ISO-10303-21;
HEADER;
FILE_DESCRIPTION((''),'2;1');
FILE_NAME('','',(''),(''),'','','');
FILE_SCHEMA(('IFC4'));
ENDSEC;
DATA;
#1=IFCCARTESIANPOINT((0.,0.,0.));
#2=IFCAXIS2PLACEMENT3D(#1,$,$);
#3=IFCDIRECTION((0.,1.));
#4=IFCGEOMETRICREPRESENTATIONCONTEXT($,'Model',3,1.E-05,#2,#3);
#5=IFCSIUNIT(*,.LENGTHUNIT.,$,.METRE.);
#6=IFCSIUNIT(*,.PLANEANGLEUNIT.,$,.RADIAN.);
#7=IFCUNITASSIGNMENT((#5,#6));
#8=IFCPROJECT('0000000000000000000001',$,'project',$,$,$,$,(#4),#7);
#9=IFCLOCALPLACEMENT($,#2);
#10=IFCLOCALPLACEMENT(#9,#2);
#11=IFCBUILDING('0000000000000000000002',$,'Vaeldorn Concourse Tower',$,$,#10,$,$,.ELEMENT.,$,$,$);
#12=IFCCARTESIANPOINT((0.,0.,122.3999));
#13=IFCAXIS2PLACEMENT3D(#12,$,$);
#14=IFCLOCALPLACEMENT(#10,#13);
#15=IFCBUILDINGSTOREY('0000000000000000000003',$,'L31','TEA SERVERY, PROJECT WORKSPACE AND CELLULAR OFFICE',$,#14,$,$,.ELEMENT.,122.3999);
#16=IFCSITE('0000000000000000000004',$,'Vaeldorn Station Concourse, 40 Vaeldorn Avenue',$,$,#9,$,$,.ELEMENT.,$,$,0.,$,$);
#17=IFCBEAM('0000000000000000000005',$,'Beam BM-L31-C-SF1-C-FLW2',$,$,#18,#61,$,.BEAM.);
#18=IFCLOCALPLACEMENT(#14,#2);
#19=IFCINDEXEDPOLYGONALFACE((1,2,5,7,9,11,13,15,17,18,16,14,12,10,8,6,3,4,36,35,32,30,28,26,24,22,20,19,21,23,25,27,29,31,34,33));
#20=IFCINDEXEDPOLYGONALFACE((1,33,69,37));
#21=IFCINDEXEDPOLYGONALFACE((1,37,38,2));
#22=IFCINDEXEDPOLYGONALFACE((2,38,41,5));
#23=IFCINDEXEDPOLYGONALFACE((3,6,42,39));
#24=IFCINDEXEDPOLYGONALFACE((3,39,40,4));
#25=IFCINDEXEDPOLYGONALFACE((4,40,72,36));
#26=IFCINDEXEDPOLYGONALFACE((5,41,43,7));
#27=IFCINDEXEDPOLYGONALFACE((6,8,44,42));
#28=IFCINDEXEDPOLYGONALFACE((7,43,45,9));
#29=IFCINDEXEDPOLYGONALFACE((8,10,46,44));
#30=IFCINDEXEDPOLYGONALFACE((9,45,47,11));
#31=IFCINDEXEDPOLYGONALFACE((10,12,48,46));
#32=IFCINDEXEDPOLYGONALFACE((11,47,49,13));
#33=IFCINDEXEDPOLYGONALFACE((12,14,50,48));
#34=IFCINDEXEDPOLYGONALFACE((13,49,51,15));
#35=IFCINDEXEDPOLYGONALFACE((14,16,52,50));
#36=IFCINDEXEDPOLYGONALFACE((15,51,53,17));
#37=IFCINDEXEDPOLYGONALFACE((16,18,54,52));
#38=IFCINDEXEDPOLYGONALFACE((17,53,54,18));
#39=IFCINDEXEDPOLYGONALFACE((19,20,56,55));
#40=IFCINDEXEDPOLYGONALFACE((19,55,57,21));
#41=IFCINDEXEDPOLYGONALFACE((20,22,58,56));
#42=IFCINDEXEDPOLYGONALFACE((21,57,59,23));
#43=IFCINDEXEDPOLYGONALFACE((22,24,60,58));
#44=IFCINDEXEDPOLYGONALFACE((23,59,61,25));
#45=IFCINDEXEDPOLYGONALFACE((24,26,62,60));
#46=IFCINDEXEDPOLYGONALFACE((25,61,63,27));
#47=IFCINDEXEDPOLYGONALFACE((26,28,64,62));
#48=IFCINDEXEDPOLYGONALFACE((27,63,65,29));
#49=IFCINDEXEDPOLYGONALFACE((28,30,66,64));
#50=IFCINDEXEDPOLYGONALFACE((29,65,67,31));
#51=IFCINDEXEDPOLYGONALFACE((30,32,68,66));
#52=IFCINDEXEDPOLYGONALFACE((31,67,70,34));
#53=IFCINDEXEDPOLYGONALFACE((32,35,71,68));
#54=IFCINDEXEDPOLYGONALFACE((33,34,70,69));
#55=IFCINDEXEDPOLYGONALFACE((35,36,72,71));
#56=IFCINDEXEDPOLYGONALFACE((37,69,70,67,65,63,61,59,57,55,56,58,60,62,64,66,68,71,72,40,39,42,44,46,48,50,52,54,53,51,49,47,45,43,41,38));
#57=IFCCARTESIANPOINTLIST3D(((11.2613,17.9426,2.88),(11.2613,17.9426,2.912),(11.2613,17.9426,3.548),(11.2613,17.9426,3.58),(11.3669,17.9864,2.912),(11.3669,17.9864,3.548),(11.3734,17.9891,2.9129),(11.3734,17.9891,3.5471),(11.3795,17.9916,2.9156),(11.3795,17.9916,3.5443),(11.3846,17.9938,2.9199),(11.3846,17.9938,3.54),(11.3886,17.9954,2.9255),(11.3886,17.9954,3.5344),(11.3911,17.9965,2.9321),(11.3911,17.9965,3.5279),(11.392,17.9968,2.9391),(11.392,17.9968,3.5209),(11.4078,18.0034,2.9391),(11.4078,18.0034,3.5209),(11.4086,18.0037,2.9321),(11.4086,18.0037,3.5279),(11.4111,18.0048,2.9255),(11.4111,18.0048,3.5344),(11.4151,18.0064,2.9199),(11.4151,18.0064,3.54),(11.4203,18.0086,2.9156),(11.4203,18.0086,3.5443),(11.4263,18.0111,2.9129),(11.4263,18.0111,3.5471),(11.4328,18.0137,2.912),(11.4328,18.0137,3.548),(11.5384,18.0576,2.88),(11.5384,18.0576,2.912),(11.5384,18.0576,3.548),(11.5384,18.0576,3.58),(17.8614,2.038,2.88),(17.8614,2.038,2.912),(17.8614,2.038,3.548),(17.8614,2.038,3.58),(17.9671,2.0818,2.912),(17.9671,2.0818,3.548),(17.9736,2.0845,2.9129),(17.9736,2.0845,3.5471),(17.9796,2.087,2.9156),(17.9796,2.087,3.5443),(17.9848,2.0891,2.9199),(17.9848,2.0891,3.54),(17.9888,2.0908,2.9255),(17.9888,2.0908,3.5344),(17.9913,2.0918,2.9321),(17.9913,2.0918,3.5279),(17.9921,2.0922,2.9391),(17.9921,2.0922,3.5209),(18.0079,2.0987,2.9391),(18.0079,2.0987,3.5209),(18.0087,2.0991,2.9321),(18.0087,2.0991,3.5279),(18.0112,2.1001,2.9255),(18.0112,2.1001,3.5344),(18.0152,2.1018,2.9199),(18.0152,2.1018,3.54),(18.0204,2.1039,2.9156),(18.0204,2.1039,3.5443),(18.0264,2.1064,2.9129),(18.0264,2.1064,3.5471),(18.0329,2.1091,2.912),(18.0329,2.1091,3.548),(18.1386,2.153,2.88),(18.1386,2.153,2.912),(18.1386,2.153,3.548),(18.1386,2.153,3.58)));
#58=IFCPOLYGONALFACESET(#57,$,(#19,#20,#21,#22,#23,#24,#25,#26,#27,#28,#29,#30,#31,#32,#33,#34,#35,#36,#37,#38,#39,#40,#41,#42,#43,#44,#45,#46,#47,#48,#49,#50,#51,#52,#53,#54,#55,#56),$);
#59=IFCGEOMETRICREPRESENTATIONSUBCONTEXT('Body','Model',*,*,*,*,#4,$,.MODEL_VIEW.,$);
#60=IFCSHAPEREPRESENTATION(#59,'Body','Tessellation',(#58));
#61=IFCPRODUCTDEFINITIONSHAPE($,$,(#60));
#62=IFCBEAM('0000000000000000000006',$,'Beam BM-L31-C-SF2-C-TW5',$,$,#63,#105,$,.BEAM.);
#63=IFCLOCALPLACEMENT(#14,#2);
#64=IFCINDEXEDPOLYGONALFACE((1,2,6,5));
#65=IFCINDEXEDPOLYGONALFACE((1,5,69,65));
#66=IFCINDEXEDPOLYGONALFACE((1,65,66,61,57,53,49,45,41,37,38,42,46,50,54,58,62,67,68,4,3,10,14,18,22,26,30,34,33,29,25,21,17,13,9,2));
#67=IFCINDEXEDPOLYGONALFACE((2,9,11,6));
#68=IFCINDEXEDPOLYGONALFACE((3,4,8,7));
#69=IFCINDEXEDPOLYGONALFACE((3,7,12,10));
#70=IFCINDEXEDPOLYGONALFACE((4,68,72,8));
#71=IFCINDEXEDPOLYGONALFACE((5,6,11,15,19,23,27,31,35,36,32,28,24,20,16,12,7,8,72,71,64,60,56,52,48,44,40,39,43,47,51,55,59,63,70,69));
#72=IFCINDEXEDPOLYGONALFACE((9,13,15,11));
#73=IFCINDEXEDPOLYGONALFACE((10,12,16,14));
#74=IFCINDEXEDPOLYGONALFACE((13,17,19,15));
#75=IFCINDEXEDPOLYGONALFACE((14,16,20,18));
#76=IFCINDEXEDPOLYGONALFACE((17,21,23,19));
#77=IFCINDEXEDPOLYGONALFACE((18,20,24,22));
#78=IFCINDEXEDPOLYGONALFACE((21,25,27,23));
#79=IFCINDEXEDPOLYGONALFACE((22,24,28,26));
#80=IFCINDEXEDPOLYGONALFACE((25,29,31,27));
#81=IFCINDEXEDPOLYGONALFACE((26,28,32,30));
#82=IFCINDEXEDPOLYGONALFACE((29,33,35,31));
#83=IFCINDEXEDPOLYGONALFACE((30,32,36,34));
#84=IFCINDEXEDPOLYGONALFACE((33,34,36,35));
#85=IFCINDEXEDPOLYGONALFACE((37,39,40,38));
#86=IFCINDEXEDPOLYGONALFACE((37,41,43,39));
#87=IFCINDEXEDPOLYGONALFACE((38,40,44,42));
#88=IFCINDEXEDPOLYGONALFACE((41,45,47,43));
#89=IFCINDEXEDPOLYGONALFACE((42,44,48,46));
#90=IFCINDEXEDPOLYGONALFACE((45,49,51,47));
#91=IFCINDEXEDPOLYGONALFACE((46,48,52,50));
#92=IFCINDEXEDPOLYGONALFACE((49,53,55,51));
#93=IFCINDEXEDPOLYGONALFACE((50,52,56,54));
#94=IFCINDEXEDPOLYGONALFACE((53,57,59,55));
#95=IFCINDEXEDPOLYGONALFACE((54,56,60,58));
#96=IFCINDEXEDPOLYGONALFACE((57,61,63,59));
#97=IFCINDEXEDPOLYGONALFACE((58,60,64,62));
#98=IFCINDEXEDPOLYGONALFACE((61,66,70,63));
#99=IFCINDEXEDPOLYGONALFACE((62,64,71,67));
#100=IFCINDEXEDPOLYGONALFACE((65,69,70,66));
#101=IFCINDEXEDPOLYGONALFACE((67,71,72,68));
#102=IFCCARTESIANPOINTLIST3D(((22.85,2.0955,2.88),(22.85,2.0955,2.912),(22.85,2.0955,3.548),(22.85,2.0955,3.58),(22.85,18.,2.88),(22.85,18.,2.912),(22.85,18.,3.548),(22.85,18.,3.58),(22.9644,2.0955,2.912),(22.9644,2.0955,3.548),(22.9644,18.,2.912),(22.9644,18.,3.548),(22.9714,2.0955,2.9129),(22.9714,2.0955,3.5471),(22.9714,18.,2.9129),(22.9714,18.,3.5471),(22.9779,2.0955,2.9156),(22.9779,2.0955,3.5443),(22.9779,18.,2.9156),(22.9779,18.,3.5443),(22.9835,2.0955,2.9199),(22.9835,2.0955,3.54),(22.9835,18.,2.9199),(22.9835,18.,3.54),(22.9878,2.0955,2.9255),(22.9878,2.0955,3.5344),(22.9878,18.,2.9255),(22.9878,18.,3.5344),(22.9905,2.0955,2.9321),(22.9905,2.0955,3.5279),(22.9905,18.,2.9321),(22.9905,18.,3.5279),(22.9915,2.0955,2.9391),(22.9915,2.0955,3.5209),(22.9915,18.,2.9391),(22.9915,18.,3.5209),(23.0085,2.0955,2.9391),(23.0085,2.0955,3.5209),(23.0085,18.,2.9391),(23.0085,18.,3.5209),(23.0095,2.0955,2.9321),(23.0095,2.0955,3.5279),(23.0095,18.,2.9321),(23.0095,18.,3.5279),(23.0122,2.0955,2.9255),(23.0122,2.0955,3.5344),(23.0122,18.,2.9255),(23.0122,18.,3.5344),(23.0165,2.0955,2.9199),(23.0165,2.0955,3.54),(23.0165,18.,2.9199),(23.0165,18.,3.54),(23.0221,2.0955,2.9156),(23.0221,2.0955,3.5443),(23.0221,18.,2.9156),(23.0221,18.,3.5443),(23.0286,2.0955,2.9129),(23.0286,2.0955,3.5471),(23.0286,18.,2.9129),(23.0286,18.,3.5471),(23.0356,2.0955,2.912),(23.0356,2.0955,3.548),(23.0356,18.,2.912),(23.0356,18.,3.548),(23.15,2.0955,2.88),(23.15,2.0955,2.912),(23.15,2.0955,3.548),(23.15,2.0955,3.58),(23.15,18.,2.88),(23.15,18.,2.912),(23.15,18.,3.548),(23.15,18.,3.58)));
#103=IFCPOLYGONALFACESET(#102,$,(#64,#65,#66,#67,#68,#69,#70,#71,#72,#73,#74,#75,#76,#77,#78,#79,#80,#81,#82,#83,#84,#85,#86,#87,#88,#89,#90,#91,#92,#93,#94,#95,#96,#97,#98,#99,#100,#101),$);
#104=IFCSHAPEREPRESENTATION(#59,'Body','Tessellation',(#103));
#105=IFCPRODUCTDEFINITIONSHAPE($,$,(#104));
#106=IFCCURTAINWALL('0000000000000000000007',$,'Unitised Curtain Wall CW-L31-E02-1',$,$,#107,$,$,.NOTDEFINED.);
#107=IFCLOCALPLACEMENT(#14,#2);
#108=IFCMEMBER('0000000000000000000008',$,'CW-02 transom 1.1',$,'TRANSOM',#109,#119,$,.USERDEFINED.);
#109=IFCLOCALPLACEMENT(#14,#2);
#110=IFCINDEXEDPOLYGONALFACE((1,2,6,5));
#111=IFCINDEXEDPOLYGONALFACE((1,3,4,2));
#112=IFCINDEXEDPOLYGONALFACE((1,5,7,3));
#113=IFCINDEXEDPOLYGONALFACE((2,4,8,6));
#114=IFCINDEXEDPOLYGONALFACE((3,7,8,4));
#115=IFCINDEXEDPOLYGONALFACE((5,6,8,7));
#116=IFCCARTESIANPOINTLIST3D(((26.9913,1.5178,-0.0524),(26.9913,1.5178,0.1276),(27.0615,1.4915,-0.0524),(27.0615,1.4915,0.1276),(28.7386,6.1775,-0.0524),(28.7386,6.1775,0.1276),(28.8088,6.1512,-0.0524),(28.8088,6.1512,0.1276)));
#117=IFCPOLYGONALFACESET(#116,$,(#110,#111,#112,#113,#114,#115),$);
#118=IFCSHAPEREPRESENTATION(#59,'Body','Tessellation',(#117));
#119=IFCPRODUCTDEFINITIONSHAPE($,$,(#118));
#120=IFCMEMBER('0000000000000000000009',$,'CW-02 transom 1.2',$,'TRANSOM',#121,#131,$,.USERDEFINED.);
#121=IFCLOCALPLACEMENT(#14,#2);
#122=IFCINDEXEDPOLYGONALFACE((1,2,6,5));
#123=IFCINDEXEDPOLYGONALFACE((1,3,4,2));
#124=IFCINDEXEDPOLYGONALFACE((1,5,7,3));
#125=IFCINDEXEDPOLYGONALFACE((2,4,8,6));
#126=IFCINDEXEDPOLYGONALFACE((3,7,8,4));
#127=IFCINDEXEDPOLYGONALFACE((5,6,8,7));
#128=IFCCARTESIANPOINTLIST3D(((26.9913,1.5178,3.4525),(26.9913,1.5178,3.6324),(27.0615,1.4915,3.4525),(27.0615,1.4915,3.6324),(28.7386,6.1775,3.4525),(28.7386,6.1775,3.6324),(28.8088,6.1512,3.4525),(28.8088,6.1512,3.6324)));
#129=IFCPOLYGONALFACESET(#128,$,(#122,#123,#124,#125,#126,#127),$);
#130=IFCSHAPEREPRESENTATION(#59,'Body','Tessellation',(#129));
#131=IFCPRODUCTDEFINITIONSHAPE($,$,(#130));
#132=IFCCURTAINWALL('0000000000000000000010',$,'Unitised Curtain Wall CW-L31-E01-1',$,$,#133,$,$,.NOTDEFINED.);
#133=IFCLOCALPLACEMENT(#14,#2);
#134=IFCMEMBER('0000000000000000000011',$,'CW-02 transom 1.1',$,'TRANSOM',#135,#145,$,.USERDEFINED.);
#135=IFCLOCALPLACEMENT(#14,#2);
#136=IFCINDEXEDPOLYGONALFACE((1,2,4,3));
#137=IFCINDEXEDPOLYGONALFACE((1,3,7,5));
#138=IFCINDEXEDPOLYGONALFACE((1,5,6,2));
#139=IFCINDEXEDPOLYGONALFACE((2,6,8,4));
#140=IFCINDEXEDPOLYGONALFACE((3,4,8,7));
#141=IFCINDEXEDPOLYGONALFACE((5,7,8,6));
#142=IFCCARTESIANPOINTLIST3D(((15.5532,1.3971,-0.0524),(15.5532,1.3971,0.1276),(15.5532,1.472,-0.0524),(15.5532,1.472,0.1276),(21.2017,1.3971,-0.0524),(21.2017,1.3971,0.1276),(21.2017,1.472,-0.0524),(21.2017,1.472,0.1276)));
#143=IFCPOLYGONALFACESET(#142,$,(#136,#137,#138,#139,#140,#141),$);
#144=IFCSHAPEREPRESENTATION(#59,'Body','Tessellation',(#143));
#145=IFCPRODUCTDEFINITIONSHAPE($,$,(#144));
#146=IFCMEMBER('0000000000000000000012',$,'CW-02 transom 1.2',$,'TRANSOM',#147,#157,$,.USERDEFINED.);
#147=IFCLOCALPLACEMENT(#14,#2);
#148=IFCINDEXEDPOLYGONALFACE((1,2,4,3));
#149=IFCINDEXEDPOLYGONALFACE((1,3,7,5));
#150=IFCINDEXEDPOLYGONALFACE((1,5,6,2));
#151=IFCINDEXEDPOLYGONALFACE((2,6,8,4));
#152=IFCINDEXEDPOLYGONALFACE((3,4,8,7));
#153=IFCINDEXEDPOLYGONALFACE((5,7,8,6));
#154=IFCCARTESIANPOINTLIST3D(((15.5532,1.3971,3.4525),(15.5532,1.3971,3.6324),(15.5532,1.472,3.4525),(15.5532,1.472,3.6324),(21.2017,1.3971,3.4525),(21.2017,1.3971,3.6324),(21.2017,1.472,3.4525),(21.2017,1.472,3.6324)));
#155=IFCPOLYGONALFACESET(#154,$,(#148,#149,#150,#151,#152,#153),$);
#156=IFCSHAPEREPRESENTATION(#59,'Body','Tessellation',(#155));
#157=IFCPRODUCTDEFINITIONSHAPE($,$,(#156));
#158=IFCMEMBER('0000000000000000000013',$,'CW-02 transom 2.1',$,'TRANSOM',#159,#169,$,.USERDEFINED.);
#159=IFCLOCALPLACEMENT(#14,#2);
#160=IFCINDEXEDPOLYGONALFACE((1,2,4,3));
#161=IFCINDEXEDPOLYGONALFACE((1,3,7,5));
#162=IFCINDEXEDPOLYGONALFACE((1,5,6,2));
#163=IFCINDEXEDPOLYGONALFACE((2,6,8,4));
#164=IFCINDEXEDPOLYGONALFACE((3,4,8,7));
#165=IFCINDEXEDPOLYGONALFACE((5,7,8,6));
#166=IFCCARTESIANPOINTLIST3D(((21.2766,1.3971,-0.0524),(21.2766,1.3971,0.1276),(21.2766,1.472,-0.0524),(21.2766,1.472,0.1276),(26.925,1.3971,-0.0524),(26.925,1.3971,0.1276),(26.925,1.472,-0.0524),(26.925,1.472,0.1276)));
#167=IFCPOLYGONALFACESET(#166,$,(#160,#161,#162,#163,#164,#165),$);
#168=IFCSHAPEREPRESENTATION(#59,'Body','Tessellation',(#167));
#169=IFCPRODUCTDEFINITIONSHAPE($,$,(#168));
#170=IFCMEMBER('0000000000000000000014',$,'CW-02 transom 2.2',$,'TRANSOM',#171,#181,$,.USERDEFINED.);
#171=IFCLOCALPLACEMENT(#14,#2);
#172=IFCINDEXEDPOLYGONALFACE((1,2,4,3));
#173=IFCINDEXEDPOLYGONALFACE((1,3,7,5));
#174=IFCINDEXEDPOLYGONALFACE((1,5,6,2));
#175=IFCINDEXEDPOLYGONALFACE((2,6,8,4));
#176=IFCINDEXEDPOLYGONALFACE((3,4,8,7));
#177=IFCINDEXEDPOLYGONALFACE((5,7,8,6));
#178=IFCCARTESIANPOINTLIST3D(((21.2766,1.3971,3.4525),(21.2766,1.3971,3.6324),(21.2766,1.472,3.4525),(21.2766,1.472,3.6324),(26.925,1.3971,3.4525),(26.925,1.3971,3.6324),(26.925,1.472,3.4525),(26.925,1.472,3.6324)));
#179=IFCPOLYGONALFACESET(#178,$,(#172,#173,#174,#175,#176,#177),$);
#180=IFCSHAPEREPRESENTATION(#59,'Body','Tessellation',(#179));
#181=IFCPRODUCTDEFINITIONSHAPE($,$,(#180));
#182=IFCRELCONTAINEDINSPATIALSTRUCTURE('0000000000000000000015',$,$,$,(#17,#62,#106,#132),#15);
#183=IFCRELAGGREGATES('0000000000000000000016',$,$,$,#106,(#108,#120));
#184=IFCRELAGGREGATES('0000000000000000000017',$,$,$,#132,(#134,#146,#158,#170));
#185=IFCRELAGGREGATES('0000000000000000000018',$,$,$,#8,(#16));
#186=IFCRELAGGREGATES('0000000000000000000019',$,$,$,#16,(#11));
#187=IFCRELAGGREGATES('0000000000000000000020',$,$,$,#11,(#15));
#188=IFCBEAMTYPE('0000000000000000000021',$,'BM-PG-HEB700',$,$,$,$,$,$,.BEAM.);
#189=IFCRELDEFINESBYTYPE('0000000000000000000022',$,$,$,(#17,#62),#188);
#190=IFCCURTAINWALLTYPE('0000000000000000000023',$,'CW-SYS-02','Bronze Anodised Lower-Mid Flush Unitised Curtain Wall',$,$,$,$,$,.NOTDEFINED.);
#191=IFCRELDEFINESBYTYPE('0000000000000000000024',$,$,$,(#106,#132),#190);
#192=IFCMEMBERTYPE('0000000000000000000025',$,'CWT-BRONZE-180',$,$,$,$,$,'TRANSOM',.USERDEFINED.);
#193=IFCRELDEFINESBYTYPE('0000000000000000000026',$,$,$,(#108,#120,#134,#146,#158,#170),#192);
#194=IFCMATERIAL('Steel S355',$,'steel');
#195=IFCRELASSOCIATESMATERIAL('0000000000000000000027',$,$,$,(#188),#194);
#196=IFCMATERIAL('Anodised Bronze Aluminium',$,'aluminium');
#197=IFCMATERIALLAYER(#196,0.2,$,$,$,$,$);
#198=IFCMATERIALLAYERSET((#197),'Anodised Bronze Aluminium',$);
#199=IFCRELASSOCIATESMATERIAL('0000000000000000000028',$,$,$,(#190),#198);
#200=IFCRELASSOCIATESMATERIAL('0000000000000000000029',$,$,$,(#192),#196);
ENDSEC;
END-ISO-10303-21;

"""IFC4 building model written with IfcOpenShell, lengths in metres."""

from ifc_helpers import new_model, si_unit, direction, frame, origin, origin_2d, place, context, subcontext, project, spatial, rectangle, i_section, extrude, source, transform, mapped, material, layer, layer_set, material_profile, profile_set, type_object, element, aggregate, save


model = new_model("IFC4")

# Units and contexts
model_context = context("Model", 3, precision=1e-05, world=origin(), true_north=direction((0.0, 1.0)))
body_context = subcontext(model_context, "Body", "Model", "MODEL_VIEW")
ifc_project = project(units=[si_unit("LENGTHUNIT", "METRE"), si_unit("PLANEANGLEUNIT", "RADIAN")], contexts=[model_context])

# Site, building, storey
site_placement = place(None, origin())
site = spatial("IfcSite", under=ifc_project, at=site_placement, Name="Vaeldorn Station Concourse, 40 Vaeldorn Avenue", CompositionType="ELEMENT", RefElevation=0.0)
building_placement = place(site_placement, origin())
building = spatial("IfcBuilding", under=site, at=building_placement, Name="Vaeldorn Concourse Tower", CompositionType="ELEMENT")
storey_placement = place(building_placement, frame((0.0, 0.0, 122.3999)))
storey = spatial("IfcBuildingStorey", under=building, at=storey_placement, Name="L31", Description="TEA SERVERY, PROJECT WORKSPACE AND CELLULAR OFFICE", CompositionType="ELEMENT", Elevation=122.3999)

# Beams
ifc_material_1 = material(Name="Steel S355", Category="steel")
ifc_material_profile_1 = material_profile(ifc_material_1, i_section(OverallWidth=0.3, OverallDepth=0.7, WebThickness=0.0171, FlangeThickness=0.032, FilletRadius=0.0271, at=origin_2d()), Name="HEB 700")
ifc_profile_set_1 = profile_set([ifc_material_profile_1], Name="Steel S355")
beam_type_1 = type_object("IfcBeamType", Name="BM-PG-HEB700", PredefinedType="BEAM", material=ifc_profile_set_1)
shared_shape_1 = source(origin(), body_context, "Body", "SweptSolid", [
    extrude(i_section(OverallWidth=0.3, OverallDepth=0.7, WebThickness=0.0171, FlangeThickness=0.032, FilletRadius=0.0271, at=origin_2d()), origin(), (0.0, 0.0, 1.0), 17.2197),
])
beam_1_placement = place(storey_placement, frame((18.0, 2.0955, 3.23), z_axis=(-0.383289, 0.923628, 0.0), x_axis=(-0.923628, -0.383289, 0.0)))
element("IfcBeam", 1, at=beam_1_placement, inside=storey, type_object=beam_type_1, Name="Beam BM-L31-C-SF1-C-FLW2", PredefinedType="BEAM", context=body_context, shape_type="MappedRepresentation", body=[
    mapped(shared_shape_1, transform((0.0, 0.0, 0.0), scale=1.0)),
])
shared_shape_2 = source(origin(), body_context, "Body", "SweptSolid", [
    extrude(i_section(OverallWidth=0.3, OverallDepth=0.7, WebThickness=0.0171, FlangeThickness=0.032, FilletRadius=0.0271, at=origin_2d()), origin(), (0.0, 0.0, 1.0), 15.9045),
])
beam_2_placement = place(storey_placement, frame((23.0, 2.0955, 3.23), z_axis=(0.0, 1.0, 0.0), x_axis=(-1.0, 0.0, 0.0)))
element("IfcBeam", 2, at=beam_2_placement, inside=storey, type_object=beam_type_1, Name="Beam BM-L31-C-SF2-C-TW5", PredefinedType="BEAM", context=body_context, shape_type="MappedRepresentation", body=[
    mapped(shared_shape_2, transform((0.0, 0.0, 0.0), scale=1.0)),
])

# Curtain walls, members
ifc_material_2 = material(Name="Anodised Bronze Aluminium", Category="aluminium")
ifc_layer_1 = layer(ifc_material_2, 0.2)
ifc_layer_set_1 = layer_set([ifc_layer_1], Name="Anodised Bronze Aluminium")
curtain_wall_type = type_object("IfcCurtainWallType", Name="CW-SYS-02", Description="Bronze Anodised Lower-Mid Flush Unitised Curtain Wall", PredefinedType="NOTDEFINED", material=ifc_layer_set_1)
curtain_wall_1_placement = place(storey_placement, origin())
curtain_wall_1 = element("IfcCurtainWall", 3, at=curtain_wall_1_placement, inside=storey, type_object=curtain_wall_type, Name="Unitised Curtain Wall CW-L31-E02-1", PredefinedType="NOTDEFINED")
ifc_material_profile_2 = material_profile(ifc_material_2, rectangle(XDim=0.075, YDim=0.1799, at=origin_2d()), Name="CWT 75x180")
ifc_profile_set_2 = profile_set([ifc_material_profile_2], Name="Anodised Bronze Aluminium")
member_type_1 = type_object("IfcMemberType", Name="CWT-BRONZE-180", ElementType="TRANSOM", PredefinedType="USERDEFINED", material=ifc_profile_set_2)
shared_shape_3 = source(origin(), body_context, "Body", "SweptSolid", [
    extrude(rectangle(XDim=0.075, YDim=0.1799, at=origin_2d()), origin(), (0.0, 0.0, 1.0), 4.9766),
])
member_1_placement = place(storey_placement, frame((27.0264, 1.5046, 0.0376), z_axis=(0.351113, 0.936333, 0.0), x_axis=(-0.936333, 0.351113, 0.0)))
member_1 = element("IfcMember", 4, at=member_1_placement, type_object=member_type_1, Name="CW-02 transom 1.1", ObjectType="TRANSOM", PredefinedType="USERDEFINED", context=body_context, shape_type="MappedRepresentation", body=[
    mapped(shared_shape_3, transform((0.0, 0.0, 0.0), scale=1.0)),
])
member_2_placement = place(storey_placement, frame((27.0264, 1.5046, 3.5425), z_axis=(0.351113, 0.936333, 0.0), x_axis=(-0.936333, 0.351113, 0.0)))
member_2 = element("IfcMember", 5, at=member_2_placement, type_object=member_type_1, Name="CW-02 transom 1.2", ObjectType="TRANSOM", PredefinedType="USERDEFINED", context=body_context, shape_type="MappedRepresentation", body=[
    mapped(shared_shape_3, transform((0.0, 0.0, 0.0), scale=1.0)),
])
curtain_wall_2_placement = place(storey_placement, origin())
curtain_wall_2 = element("IfcCurtainWall", 6, at=curtain_wall_2_placement, inside=storey, type_object=curtain_wall_type, Name="Unitised Curtain Wall CW-L31-E01-1", PredefinedType="NOTDEFINED")
shared_shape_4 = source(origin(), body_context, "Body", "SweptSolid", [
    extrude(rectangle(XDim=0.075, YDim=0.1799, at=origin_2d()), origin(), (0.0, 0.0, 1.0), 5.6484),
])
member_3_placement = place(storey_placement, frame((15.5532, 1.4346, 0.0376), z_axis=(1.0, 0.0, 0.0), x_axis=(0.0, 1.0, 0.0)))
member_3 = element("IfcMember", 7, at=member_3_placement, type_object=member_type_1, Name="CW-02 transom 1.1", ObjectType="TRANSOM", PredefinedType="USERDEFINED", context=body_context, shape_type="MappedRepresentation", body=[
    mapped(shared_shape_4, transform((0.0, 0.0, 0.0), scale=1.0)),
])
member_4_placement = place(storey_placement, frame((15.5532, 1.4346, 3.5425), z_axis=(1.0, 0.0, 0.0), x_axis=(0.0, 1.0, 0.0)))
member_4 = element("IfcMember", 8, at=member_4_placement, type_object=member_type_1, Name="CW-02 transom 1.2", ObjectType="TRANSOM", PredefinedType="USERDEFINED", context=body_context, shape_type="MappedRepresentation", body=[
    mapped(shared_shape_4, transform((0.0, 0.0, 0.0), scale=1.0)),
])
member_5_placement = place(storey_placement, frame((21.2766, 1.4346, 0.0376), z_axis=(1.0, 0.0, 0.0), x_axis=(0.0, 1.0, 0.0)))
member_5 = element("IfcMember", 9, at=member_5_placement, type_object=member_type_1, Name="CW-02 transom 2.1", ObjectType="TRANSOM", PredefinedType="USERDEFINED", context=body_context, shape_type="MappedRepresentation", body=[
    mapped(shared_shape_4, transform((0.0, 0.0, 0.0), scale=1.0)),
])
member_6_placement = place(storey_placement, frame((21.2766, 1.4346, 3.5425), z_axis=(1.0, 0.0, 0.0), x_axis=(0.0, 1.0, 0.0)))
member_6 = element("IfcMember", 10, at=member_6_placement, type_object=member_type_1, Name="CW-02 transom 2.2", ObjectType="TRANSOM", PredefinedType="USERDEFINED", context=body_context, shape_type="MappedRepresentation", body=[
    mapped(shared_shape_4, transform((0.0, 0.0, 0.0), scale=1.0)),
])

aggregate(curtain_wall_1, [member_1, member_2])

aggregate(curtain_wall_2, [member_3, member_4, member_5, member_6])

save(model, "model.ifc")
